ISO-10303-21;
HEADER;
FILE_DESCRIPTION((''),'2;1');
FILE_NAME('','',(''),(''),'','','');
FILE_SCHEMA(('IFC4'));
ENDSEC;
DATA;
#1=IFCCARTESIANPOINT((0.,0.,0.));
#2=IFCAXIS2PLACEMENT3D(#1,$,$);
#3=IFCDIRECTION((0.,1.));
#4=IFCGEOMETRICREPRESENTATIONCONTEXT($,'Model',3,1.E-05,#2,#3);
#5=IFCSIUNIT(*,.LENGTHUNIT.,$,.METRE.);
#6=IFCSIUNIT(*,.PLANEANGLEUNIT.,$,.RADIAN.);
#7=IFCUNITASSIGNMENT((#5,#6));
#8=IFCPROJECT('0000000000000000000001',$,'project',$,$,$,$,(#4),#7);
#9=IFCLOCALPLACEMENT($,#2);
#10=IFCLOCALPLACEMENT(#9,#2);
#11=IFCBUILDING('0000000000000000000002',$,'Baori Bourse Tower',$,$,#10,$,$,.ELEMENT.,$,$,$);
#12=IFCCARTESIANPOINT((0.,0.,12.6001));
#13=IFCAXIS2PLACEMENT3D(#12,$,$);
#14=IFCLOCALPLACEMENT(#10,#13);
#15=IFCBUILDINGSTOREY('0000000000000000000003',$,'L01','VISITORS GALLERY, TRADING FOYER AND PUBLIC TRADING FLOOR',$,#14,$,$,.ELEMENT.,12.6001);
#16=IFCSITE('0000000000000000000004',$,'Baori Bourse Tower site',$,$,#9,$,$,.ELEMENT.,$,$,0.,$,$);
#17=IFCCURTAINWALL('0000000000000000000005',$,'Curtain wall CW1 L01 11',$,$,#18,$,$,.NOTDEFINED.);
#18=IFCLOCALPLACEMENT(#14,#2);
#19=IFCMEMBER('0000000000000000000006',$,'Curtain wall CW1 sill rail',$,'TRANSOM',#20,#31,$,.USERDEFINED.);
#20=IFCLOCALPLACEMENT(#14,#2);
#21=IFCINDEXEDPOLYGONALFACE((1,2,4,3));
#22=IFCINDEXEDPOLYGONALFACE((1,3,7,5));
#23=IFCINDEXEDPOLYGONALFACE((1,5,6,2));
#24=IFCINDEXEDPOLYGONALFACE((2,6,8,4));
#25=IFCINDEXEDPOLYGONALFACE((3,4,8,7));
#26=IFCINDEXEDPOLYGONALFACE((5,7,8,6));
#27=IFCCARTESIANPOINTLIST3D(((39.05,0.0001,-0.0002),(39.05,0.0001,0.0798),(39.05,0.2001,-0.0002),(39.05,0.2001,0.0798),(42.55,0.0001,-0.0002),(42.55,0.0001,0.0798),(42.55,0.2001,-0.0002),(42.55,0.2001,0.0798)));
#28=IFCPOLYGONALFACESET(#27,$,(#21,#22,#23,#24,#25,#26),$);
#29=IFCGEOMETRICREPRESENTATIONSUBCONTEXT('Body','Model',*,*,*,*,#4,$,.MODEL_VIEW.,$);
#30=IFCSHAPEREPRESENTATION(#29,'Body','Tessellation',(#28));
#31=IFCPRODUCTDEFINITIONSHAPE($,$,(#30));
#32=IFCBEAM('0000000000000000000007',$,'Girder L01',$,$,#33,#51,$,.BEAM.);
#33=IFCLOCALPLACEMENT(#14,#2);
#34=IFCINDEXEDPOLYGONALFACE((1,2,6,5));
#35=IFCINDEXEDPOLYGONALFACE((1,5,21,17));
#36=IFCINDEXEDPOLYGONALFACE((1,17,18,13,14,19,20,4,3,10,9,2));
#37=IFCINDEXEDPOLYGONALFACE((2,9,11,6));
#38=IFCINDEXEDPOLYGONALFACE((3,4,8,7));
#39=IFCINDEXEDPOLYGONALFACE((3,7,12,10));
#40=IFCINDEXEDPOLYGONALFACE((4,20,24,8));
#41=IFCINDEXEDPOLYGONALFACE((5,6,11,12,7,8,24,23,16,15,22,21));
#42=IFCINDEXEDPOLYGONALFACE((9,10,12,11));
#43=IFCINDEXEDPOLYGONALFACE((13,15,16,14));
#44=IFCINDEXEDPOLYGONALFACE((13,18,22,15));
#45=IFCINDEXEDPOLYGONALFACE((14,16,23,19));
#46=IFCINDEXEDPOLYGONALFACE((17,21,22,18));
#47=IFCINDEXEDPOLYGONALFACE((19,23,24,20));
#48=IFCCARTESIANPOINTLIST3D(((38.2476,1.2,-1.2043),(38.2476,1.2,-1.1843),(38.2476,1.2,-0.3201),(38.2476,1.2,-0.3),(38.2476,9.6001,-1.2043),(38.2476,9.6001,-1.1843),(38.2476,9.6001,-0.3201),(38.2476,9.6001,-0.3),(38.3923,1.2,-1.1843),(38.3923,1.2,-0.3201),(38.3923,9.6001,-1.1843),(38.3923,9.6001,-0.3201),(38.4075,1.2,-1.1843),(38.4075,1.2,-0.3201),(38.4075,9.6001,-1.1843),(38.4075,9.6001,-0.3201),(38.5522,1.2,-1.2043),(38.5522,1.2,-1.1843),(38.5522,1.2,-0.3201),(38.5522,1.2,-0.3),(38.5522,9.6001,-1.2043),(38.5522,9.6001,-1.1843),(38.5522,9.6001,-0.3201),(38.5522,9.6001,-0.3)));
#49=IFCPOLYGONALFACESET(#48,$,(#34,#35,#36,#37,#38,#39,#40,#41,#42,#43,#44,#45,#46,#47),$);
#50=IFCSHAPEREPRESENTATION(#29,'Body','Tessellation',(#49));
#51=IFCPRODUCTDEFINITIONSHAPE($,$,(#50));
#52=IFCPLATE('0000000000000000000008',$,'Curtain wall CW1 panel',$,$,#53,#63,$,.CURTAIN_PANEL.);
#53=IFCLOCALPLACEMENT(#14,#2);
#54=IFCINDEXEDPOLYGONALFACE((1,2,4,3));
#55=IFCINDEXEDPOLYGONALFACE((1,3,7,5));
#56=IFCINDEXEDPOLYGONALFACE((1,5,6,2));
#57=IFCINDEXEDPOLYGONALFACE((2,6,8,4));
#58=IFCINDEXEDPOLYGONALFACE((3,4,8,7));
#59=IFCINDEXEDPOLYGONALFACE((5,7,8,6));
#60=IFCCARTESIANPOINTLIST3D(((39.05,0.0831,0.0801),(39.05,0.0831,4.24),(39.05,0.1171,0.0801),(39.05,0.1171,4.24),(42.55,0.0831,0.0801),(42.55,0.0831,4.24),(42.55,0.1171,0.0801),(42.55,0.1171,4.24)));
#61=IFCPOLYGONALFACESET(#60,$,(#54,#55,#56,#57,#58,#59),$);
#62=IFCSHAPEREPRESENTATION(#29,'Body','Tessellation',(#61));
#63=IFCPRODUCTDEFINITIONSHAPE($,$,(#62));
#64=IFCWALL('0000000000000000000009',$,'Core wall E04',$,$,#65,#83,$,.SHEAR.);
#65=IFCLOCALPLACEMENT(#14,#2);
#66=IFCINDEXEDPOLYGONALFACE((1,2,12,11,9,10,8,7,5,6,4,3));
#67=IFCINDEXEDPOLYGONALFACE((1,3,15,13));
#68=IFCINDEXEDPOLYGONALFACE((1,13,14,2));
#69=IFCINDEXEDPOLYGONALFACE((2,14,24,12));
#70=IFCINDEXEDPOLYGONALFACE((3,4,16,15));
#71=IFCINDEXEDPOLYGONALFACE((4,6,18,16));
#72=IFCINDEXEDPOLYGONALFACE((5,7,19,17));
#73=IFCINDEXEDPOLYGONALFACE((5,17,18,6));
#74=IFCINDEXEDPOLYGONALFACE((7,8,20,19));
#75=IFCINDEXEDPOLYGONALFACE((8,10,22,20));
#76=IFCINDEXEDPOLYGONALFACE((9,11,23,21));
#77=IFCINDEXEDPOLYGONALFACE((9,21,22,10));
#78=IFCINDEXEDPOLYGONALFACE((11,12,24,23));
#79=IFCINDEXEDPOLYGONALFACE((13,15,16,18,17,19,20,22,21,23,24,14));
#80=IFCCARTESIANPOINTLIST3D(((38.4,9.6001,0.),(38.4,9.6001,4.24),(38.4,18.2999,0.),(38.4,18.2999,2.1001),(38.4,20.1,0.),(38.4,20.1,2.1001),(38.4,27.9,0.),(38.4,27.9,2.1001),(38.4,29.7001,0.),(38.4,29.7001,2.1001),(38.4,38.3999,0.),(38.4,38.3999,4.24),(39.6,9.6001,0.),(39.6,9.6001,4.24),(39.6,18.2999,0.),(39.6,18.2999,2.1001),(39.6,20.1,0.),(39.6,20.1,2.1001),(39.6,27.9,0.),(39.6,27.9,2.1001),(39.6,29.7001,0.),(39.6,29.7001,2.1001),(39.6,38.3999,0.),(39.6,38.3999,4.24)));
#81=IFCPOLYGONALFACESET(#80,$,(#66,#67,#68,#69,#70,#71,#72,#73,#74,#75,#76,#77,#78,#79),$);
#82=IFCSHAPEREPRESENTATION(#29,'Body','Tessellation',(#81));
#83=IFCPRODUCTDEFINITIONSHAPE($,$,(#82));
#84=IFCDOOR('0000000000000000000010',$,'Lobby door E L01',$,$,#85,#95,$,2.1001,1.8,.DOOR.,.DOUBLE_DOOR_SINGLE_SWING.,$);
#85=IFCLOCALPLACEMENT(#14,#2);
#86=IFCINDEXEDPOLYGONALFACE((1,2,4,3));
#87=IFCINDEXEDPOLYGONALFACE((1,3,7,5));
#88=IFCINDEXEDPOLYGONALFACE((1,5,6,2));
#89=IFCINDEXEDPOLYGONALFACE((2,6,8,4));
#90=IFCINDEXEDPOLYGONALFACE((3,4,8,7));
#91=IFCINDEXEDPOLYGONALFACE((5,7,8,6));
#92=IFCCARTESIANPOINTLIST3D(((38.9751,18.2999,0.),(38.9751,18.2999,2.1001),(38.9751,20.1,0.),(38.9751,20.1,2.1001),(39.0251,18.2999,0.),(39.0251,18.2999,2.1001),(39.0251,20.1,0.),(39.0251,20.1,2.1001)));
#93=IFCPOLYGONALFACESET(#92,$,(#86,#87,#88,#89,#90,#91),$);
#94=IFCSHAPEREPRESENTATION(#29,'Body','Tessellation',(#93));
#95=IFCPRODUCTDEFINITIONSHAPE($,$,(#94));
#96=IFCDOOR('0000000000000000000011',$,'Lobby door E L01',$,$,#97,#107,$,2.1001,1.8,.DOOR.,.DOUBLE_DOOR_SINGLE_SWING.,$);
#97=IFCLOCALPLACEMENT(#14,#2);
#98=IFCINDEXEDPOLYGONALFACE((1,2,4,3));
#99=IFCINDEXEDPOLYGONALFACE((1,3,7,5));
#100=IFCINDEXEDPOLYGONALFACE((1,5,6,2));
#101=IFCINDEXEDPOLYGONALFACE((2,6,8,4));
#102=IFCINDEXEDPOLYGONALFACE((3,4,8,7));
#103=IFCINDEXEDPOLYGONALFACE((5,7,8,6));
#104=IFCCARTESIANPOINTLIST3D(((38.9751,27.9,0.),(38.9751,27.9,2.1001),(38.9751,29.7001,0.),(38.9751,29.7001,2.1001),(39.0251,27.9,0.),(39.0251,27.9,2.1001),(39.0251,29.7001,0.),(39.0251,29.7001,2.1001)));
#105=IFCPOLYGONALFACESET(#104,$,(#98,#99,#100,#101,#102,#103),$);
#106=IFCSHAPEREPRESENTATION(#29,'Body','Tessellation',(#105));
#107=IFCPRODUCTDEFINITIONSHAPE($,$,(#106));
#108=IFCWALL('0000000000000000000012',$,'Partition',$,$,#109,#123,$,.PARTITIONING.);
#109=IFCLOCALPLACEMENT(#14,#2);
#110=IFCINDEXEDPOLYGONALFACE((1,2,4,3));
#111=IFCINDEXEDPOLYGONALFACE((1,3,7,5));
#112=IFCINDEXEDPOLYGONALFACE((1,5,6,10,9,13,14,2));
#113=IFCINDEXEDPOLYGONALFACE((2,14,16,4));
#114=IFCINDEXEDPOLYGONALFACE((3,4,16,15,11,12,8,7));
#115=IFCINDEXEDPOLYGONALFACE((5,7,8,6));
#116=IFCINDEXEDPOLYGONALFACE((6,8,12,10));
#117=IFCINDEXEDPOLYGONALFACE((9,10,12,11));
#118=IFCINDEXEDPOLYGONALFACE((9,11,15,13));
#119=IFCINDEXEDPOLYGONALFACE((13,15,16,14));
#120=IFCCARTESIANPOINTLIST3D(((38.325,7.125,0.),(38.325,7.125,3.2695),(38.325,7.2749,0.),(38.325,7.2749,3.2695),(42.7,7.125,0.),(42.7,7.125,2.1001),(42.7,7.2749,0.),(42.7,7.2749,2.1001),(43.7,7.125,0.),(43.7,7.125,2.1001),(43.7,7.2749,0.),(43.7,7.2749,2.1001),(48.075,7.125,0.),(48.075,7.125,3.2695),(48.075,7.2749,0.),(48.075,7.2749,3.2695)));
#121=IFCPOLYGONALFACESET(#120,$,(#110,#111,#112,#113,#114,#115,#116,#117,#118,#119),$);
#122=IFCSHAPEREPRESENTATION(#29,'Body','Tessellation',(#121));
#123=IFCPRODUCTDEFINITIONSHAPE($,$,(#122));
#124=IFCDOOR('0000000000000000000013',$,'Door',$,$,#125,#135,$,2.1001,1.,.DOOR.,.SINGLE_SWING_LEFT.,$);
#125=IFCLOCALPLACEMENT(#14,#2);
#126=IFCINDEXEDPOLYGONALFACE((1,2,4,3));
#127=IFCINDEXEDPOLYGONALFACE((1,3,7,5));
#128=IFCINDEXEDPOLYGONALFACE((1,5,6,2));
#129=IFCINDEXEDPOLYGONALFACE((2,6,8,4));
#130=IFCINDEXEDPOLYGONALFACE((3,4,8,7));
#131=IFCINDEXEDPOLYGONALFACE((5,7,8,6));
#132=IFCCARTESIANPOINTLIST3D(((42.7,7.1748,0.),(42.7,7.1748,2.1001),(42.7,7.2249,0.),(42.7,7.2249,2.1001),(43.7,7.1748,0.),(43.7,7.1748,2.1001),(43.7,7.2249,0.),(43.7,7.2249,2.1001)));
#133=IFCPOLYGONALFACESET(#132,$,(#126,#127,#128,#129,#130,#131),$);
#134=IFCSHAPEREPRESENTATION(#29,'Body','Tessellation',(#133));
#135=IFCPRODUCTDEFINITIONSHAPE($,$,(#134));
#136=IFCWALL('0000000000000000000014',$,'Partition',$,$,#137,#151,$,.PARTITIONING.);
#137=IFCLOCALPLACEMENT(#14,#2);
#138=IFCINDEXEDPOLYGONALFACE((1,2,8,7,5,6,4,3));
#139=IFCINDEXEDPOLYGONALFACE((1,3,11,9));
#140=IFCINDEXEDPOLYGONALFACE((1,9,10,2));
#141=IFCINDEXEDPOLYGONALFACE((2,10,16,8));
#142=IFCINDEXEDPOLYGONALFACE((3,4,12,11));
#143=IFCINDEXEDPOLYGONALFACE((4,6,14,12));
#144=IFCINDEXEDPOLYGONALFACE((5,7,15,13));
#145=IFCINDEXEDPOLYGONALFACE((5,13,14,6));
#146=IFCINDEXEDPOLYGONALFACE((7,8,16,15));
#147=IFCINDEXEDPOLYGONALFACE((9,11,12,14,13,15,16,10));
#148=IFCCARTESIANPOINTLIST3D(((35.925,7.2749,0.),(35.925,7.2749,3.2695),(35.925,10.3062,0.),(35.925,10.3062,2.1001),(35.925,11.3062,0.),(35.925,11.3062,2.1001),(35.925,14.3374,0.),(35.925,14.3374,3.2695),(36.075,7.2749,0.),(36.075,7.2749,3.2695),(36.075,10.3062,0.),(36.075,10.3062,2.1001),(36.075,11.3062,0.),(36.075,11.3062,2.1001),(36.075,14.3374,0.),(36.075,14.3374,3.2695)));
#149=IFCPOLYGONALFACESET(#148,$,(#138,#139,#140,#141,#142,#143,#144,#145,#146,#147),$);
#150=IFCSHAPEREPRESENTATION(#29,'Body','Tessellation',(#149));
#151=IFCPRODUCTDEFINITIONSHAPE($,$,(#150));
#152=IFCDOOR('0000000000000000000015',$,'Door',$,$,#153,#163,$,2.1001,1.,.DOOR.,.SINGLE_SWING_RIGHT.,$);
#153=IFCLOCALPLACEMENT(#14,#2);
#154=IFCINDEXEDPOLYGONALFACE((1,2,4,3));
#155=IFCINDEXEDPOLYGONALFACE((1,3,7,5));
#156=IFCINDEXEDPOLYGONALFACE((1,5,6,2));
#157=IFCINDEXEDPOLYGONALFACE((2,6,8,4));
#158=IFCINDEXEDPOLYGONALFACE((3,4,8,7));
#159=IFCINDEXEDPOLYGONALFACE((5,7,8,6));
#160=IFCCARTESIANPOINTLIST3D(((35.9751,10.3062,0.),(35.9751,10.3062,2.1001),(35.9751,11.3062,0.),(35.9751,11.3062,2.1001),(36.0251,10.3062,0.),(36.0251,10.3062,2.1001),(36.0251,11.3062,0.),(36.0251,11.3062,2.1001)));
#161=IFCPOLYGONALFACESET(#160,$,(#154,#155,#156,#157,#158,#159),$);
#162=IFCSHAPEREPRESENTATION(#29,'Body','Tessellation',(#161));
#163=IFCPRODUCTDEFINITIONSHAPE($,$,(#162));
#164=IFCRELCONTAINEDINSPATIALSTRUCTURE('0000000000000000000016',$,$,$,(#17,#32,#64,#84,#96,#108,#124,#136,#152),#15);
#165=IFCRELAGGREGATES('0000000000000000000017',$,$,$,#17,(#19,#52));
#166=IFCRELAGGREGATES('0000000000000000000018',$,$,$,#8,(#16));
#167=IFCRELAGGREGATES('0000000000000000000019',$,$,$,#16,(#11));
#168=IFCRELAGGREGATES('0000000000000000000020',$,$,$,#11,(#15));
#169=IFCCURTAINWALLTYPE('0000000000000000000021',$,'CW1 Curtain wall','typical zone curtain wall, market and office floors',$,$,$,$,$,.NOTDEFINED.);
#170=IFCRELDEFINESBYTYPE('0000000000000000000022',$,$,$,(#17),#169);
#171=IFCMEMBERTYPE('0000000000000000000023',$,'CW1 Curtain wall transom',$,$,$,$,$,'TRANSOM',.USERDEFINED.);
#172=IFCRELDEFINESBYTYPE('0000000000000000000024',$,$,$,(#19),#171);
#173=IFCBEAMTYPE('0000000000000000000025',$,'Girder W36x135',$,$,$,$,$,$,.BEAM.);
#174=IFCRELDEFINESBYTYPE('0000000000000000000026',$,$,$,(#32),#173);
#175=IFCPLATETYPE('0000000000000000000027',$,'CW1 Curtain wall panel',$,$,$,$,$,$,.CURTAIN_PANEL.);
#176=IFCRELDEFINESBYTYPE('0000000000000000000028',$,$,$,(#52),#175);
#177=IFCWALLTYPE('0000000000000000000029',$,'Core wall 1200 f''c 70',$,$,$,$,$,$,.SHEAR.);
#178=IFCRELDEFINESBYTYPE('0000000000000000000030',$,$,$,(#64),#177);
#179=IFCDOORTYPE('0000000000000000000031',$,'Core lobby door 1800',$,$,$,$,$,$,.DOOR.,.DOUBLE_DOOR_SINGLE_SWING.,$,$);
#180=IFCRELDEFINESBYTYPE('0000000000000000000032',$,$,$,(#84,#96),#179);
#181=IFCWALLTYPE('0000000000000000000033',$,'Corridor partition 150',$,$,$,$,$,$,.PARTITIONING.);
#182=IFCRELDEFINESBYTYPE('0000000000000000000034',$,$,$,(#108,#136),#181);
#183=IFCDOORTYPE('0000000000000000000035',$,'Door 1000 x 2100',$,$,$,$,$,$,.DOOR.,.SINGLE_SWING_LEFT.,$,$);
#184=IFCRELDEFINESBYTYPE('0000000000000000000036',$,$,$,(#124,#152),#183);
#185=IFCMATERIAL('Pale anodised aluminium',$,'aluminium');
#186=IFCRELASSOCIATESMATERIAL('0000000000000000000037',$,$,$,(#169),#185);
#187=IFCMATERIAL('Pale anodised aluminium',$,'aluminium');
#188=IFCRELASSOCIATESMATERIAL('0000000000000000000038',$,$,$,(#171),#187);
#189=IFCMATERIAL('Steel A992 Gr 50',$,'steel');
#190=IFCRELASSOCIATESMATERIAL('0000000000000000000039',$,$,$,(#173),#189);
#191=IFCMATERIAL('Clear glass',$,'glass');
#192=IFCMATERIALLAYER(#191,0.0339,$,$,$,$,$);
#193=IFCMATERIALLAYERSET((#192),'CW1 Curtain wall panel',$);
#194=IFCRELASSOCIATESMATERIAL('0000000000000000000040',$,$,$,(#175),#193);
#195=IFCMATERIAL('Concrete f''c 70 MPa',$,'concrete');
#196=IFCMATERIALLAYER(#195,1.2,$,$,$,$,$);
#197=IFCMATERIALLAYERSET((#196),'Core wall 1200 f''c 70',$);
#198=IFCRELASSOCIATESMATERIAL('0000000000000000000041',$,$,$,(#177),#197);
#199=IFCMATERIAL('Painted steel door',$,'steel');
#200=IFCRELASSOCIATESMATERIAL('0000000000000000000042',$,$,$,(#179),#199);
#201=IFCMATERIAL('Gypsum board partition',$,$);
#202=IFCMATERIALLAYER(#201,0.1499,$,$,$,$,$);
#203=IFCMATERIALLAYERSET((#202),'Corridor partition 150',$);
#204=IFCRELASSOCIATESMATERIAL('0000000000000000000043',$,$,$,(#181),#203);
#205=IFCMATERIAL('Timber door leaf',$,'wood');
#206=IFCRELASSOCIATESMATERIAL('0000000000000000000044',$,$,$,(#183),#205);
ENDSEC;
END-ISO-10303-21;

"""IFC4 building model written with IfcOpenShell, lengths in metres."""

from ifc_helpers import new_model, si_unit, direction, frame, frame_2d, origin, origin_2d, place, context, subcontext, project, spatial, rectangle, i_section, extrude, material, layer, layer_set, material_profile, profile_set, type_object, element, fill, aggregate, save


model = new_model("IFC4")

# Units and contexts
model_context = context("Model", 3, precision=1e-05, world=origin(), true_north=direction((0.0, 1.0)))
body_context = subcontext(model_context, "Body", "Model", "MODEL_VIEW")
ifc_project = project(units=[si_unit("LENGTHUNIT", "METRE"), si_unit("PLANEANGLEUNIT", "RADIAN")], contexts=[model_context])

# Site, building, storey
site_placement = place(None, origin())
site = spatial("IfcSite", under=ifc_project, at=site_placement, Name="Baori Bourse Tower site", CompositionType="ELEMENT", RefElevation=0.0)
building_placement = place(site_placement, origin())
building = spatial("IfcBuilding", under=site, at=building_placement, Name="Baori Bourse Tower", CompositionType="ELEMENT")
storey_placement = place(building_placement, frame((0.0, 0.0, 12.6001)))
storey = spatial("IfcBuildingStorey", under=building, at=storey_placement, Name="L01", Description="VISITORS GALLERY, TRADING FOYER AND PUBLIC TRADING FLOOR", CompositionType="ELEMENT", Elevation=12.6001)

# Curtain wall, member
ifc_material_1 = material(Name="Pale anodised aluminium", Category="aluminium")
curtain_wall_type = type_object("IfcCurtainWallType", Name="CW1 Curtain wall", Description="typical zone curtain wall, market and office floors", PredefinedType="NOTDEFINED", material=ifc_material_1)
curtain_wall_placement = place(storey_placement, origin())
curtain_wall = element("IfcCurtainWall", 1, at=curtain_wall_placement, inside=storey, type_object=curtain_wall_type, Name="Curtain wall CW1 L01 11", PredefinedType="NOTDEFINED")
ifc_material_2 = material(Name="Pale anodised aluminium", Category="aluminium")
ifc_material_profile_1 = material_profile(ifc_material_2, rectangle(XDim=0.2, YDim=0.0801, at=origin_2d()), Name="Transom 80x200")
ifc_profile_set_1 = profile_set([ifc_material_profile_1], Name="Pale anodised aluminium")
member_type = type_object("IfcMemberType", Name="CW1 Curtain wall transom", ElementType="TRANSOM", PredefinedType="USERDEFINED", material=ifc_profile_set_1)
member_placement = place(storey_placement, frame((39.05, 0.1001, 0.0398), z_axis=(1.0, 0.0, 0.0), x_axis=(0.0, 1.0, 0.0)))
member = element("IfcMember", 2, at=member_placement, type_object=member_type, Name="Curtain wall CW1 sill rail", ObjectType="TRANSOM", PredefinedType="USERDEFINED", context=body_context, shape_type="SweptSolid", body=[
    extrude(rectangle(XDim=0.2, YDim=0.0801, at=origin_2d()), origin(), (0.0, 0.0, 1.0), 3.5),
])

# Beam
ifc_material_3 = material(Name="Steel A992 Gr 50", Category="steel")
ifc_material_profile_2 = material_profile(ifc_material_3, i_section(OverallWidth=0.3047, OverallDepth=0.9043, WebThickness=0.0151, FlangeThickness=0.02, at=origin_2d()), Name="W36x135")
ifc_profile_set_2 = profile_set([ifc_material_profile_2], Name="Steel A992 Gr 50")
beam_type = type_object("IfcBeamType", Name="Girder W36x135", PredefinedType="BEAM", material=ifc_profile_set_2)
beam_placement = place(storey_placement, frame((38.3999, 1.2, -0.7522), z_axis=(0.0, 1.0, 0.0), x_axis=(-1.0, 0.0, 0.0)))
element("IfcBeam", 3, at=beam_placement, inside=storey, type_object=beam_type, Name="Girder L01", PredefinedType="BEAM", context=body_context, shape_type="SweptSolid", body=[
    extrude(i_section(OverallWidth=0.3047, OverallDepth=0.9043, WebThickness=0.0151, FlangeThickness=0.02, at=origin_2d()), origin(), (0.0, 0.0, 1.0), 8.4001),
])

# Plate
ifc_material_4 = material(Name="Clear glass", Category="glass")
ifc_layer_1 = layer(ifc_material_4, 0.0339)
ifc_layer_set_1 = layer_set([ifc_layer_1], Name="CW1 Curtain wall panel")
plate_type = type_object("IfcPlateType", Name="CW1 Curtain wall panel", PredefinedType="CURTAIN_PANEL", material=ifc_layer_set_1)
plate_placement = place(storey_placement, frame((40.8, 0.1001, 0.0801), z_axis=(0.0, 0.0, 1.0), x_axis=(1.0, 0.0, 0.0)))
plate = element("IfcPlate", 4, at=plate_placement, type_object=plate_type, Name="Curtain wall CW1 panel", PredefinedType="CURTAIN_PANEL", context=body_context, shape_type="SweptSolid", body=[
    extrude(rectangle(XDim=3.5, YDim=0.0339, at=origin_2d()), origin(), (0.0, 0.0, 1.0), 4.1599),
])
aggregate(curtain_wall, [member, plate])

# Wall, openings, doors
ifc_material_5 = material(Name="Concrete f'c 70 MPa", Category="concrete")
ifc_layer_2 = layer(ifc_material_5, 1.2)
ifc_layer_set_2 = layer_set([ifc_layer_2], Name="Core wall 1200 f'c 70")
wall_type_1 = type_object("IfcWallType", Name="Core wall 1200 f'c 70", PredefinedType="SHEAR", material=ifc_layer_set_2)
wall_1_placement = place(storey_placement, frame((39.0, 9.6001, 0.0), z_axis=(0.0, 0.0, 1.0), x_axis=(0.0, 1.0, 0.0)))
wall_1 = element("IfcWall", 5, at=wall_1_placement, inside=storey, type_object=wall_type_1, Name="Core wall E04", PredefinedType="SHEAR", context=body_context, shape_type="SweptSolid", body=[
    extrude(rectangle(XDim=28.7998, YDim=1.2, at=frame_2d((14.3999, 0.0))), origin(), (0.0, 0.0, 1.0), 4.24),
])
opening_1_placement = place(wall_1_placement, frame((8.7, 0.0, 0.0)))
opening_1 = element("IfcOpeningElement", 6, at=opening_1_placement, cuts=wall_1, PredefinedType="OPENING", context=body_context, shape_type="SweptSolid", body=[
    extrude(rectangle(XDim=1.8, YDim=2.1001, at=frame_2d((0.8999, 1.05))), frame((0.0, 0.6099, 0.0), z_axis=(0.0, -1.0, 0.0), x_axis=(1.0, 0.0, 0.0)), (0.0, 0.0, 1.0), 1.22),
])
opening_2_placement = place(wall_1_placement, frame((18.3, 0.0, 0.0)))
opening_2 = element("IfcOpeningElement", 7, at=opening_2_placement, cuts=wall_1, PredefinedType="OPENING", context=body_context, shape_type="SweptSolid", body=[
    extrude(rectangle(XDim=1.8, YDim=2.1001, at=frame_2d((0.8999, 1.05))), frame((0.0, 0.6099, 0.0), z_axis=(0.0, -1.0, 0.0), x_axis=(1.0, 0.0, 0.0)), (0.0, 0.0, 1.0), 1.22),
])
ifc_material_6 = material(Name="Painted steel door", Category="steel")
door_type_1 = type_object("IfcDoorType", Name="Core lobby door 1800", OperationType="DOUBLE_DOOR_SINGLE_SWING", PredefinedType="DOOR", material=ifc_material_6)
door_1_placement = place(opening_1_placement, origin())
door_1 = element("IfcDoor", 8, at=door_1_placement, inside=storey, type_object=door_type_1, Name="Lobby door E L01", OperationType="DOUBLE_DOOR_SINGLE_SWING", OverallHeight=2.1001, OverallWidth=1.8, PredefinedType="DOOR", context=body_context, shape_type="SweptSolid", body=[
    extrude(rectangle(XDim=1.8, YDim=2.1001, at=frame_2d((0.8999, 1.05))), frame((0.0, 0.0249, 0.0), z_axis=(0.0, -1.0, 0.0), x_axis=(1.0, 0.0, 0.0)), (0.0, 0.0, 1.0), 0.05),
])
fill(opening_1, door_1)
door_2_placement = place(opening_2_placement, origin())
door_2 = element("IfcDoor", 9, at=door_2_placement, inside=storey, type_object=door_type_1, Name="Lobby door E L01", OperationType="DOUBLE_DOOR_SINGLE_SWING", OverallHeight=2.1001, OverallWidth=1.8, PredefinedType="DOOR", context=body_context, shape_type="SweptSolid", body=[
    extrude(rectangle(XDim=1.8, YDim=2.1001, at=frame_2d((0.8999, 1.05))), frame((0.0, 0.0249, 0.0), z_axis=(0.0, -1.0, 0.0), x_axis=(1.0, 0.0, 0.0)), (0.0, 0.0, 1.0), 0.05),
])
fill(opening_2, door_2)

# Walls, openings, doors
ifc_material_7 = material(Name="Gypsum board partition")
ifc_layer_3 = layer(ifc_material_7, 0.1499)
ifc_layer_set_3 = layer_set([ifc_layer_3], Name="Corridor partition 150")
wall_type_2 = type_object("IfcWallType", Name="Corridor partition 150", PredefinedType="PARTITIONING", material=ifc_layer_set_3)
wall_2_placement = place(storey_placement, frame((38.325, 7.2, 0.0), z_axis=(0.0, 0.0, 1.0), x_axis=(1.0, 0.0, 0.0)))
wall_2 = element("IfcWall", 10, at=wall_2_placement, inside=storey, type_object=wall_type_2, Name="Partition", PredefinedType="PARTITIONING", context=body_context, shape_type="SweptSolid", body=[
    extrude(rectangle(XDim=9.75, YDim=0.1499, at=frame_2d((4.875, 0.0))), origin(), (0.0, 0.0, 1.0), 3.2695),
])
opening_3_placement = place(wall_2_placement, frame((4.375, 0.0, 0.0)))
opening_3 = element("IfcOpeningElement", 11, at=opening_3_placement, cuts=wall_2, PredefinedType="OPENING", context=body_context, shape_type="SweptSolid", body=[
    extrude(rectangle(XDim=1.0, YDim=2.1001, at=frame_2d((0.5, 1.05))), frame((0.0, 0.085, 0.0), z_axis=(0.0, -1.0, 0.0), x_axis=(1.0, 0.0, 0.0)), (0.0, 0.0, 1.0), 0.1699),
])
ifc_material_8 = material(Name="Timber door leaf", Category="wood")
door_type_2 = type_object("IfcDoorType", Name="Door 1000 x 2100", OperationType="SINGLE_SWING_LEFT", PredefinedType="DOOR", material=ifc_material_8)
door_3_placement = place(opening_3_placement, origin())
door_3 = element("IfcDoor", 12, at=door_3_placement, inside=storey, type_object=door_type_2, Name="Door", OperationType="SINGLE_SWING_LEFT", OverallHeight=2.1001, OverallWidth=1.0, PredefinedType="DOOR", context=body_context, shape_type="SweptSolid", body=[
    extrude(rectangle(XDim=1.0, YDim=2.1001, at=frame_2d((0.5, 1.05))), frame((0.0, 0.0249, 0.0), z_axis=(0.0, -1.0, 0.0), x_axis=(1.0, 0.0, 0.0)), (0.0, 0.0, 1.0), 0.05),
])
fill(opening_3, door_3)
wall_3_placement = place(storey_placement, frame((36.0, 7.2749, 0.0), z_axis=(0.0, 0.0, 1.0), x_axis=(0.0, 1.0, 0.0)))
wall_3 = element("IfcWall", 13, at=wall_3_placement, inside=storey, type_object=wall_type_2, Name="Partition", PredefinedType="PARTITIONING", context=body_context, shape_type="SweptSolid", body=[
    extrude(rectangle(XDim=7.0625, YDim=0.1499, at=frame_2d((3.5312, 0.0))), origin(), (0.0, 0.0, 1.0), 3.2695),
])
opening_4_placement = place(wall_3_placement, frame((3.0312, 0.0, 0.0)))
opening_4 = element("IfcOpeningElement", 14, at=opening_4_placement, cuts=wall_3, PredefinedType="OPENING", context=body_context, shape_type="SweptSolid", body=[
    extrude(rectangle(XDim=1.0, YDim=2.1001, at=frame_2d((0.5, 1.05))), frame((0.0, 0.085, 0.0), z_axis=(0.0, -1.0, 0.0), x_axis=(1.0, 0.0, 0.0)), (0.0, 0.0, 1.0), 0.1699),
])
door_4_placement = place(opening_4_placement, origin())
door_4 = element("IfcDoor", 15, at=door_4_placement, inside=storey, type_object=door_type_2, Name="Door", OperationType="SINGLE_SWING_RIGHT", OverallHeight=2.1001, OverallWidth=1.0, PredefinedType="DOOR", context=body_context, shape_type="SweptSolid", body=[
    extrude(rectangle(XDim=1.0, YDim=2.1001, at=frame_2d((0.5, 1.05))), frame((0.0, 0.0249, 0.0), z_axis=(0.0, -1.0, 0.0), x_axis=(1.0, 0.0, 0.0)), (0.0, 0.0, 1.0), 0.05),
])
fill(opening_4, door_4)

save(model, "model.ifc")
